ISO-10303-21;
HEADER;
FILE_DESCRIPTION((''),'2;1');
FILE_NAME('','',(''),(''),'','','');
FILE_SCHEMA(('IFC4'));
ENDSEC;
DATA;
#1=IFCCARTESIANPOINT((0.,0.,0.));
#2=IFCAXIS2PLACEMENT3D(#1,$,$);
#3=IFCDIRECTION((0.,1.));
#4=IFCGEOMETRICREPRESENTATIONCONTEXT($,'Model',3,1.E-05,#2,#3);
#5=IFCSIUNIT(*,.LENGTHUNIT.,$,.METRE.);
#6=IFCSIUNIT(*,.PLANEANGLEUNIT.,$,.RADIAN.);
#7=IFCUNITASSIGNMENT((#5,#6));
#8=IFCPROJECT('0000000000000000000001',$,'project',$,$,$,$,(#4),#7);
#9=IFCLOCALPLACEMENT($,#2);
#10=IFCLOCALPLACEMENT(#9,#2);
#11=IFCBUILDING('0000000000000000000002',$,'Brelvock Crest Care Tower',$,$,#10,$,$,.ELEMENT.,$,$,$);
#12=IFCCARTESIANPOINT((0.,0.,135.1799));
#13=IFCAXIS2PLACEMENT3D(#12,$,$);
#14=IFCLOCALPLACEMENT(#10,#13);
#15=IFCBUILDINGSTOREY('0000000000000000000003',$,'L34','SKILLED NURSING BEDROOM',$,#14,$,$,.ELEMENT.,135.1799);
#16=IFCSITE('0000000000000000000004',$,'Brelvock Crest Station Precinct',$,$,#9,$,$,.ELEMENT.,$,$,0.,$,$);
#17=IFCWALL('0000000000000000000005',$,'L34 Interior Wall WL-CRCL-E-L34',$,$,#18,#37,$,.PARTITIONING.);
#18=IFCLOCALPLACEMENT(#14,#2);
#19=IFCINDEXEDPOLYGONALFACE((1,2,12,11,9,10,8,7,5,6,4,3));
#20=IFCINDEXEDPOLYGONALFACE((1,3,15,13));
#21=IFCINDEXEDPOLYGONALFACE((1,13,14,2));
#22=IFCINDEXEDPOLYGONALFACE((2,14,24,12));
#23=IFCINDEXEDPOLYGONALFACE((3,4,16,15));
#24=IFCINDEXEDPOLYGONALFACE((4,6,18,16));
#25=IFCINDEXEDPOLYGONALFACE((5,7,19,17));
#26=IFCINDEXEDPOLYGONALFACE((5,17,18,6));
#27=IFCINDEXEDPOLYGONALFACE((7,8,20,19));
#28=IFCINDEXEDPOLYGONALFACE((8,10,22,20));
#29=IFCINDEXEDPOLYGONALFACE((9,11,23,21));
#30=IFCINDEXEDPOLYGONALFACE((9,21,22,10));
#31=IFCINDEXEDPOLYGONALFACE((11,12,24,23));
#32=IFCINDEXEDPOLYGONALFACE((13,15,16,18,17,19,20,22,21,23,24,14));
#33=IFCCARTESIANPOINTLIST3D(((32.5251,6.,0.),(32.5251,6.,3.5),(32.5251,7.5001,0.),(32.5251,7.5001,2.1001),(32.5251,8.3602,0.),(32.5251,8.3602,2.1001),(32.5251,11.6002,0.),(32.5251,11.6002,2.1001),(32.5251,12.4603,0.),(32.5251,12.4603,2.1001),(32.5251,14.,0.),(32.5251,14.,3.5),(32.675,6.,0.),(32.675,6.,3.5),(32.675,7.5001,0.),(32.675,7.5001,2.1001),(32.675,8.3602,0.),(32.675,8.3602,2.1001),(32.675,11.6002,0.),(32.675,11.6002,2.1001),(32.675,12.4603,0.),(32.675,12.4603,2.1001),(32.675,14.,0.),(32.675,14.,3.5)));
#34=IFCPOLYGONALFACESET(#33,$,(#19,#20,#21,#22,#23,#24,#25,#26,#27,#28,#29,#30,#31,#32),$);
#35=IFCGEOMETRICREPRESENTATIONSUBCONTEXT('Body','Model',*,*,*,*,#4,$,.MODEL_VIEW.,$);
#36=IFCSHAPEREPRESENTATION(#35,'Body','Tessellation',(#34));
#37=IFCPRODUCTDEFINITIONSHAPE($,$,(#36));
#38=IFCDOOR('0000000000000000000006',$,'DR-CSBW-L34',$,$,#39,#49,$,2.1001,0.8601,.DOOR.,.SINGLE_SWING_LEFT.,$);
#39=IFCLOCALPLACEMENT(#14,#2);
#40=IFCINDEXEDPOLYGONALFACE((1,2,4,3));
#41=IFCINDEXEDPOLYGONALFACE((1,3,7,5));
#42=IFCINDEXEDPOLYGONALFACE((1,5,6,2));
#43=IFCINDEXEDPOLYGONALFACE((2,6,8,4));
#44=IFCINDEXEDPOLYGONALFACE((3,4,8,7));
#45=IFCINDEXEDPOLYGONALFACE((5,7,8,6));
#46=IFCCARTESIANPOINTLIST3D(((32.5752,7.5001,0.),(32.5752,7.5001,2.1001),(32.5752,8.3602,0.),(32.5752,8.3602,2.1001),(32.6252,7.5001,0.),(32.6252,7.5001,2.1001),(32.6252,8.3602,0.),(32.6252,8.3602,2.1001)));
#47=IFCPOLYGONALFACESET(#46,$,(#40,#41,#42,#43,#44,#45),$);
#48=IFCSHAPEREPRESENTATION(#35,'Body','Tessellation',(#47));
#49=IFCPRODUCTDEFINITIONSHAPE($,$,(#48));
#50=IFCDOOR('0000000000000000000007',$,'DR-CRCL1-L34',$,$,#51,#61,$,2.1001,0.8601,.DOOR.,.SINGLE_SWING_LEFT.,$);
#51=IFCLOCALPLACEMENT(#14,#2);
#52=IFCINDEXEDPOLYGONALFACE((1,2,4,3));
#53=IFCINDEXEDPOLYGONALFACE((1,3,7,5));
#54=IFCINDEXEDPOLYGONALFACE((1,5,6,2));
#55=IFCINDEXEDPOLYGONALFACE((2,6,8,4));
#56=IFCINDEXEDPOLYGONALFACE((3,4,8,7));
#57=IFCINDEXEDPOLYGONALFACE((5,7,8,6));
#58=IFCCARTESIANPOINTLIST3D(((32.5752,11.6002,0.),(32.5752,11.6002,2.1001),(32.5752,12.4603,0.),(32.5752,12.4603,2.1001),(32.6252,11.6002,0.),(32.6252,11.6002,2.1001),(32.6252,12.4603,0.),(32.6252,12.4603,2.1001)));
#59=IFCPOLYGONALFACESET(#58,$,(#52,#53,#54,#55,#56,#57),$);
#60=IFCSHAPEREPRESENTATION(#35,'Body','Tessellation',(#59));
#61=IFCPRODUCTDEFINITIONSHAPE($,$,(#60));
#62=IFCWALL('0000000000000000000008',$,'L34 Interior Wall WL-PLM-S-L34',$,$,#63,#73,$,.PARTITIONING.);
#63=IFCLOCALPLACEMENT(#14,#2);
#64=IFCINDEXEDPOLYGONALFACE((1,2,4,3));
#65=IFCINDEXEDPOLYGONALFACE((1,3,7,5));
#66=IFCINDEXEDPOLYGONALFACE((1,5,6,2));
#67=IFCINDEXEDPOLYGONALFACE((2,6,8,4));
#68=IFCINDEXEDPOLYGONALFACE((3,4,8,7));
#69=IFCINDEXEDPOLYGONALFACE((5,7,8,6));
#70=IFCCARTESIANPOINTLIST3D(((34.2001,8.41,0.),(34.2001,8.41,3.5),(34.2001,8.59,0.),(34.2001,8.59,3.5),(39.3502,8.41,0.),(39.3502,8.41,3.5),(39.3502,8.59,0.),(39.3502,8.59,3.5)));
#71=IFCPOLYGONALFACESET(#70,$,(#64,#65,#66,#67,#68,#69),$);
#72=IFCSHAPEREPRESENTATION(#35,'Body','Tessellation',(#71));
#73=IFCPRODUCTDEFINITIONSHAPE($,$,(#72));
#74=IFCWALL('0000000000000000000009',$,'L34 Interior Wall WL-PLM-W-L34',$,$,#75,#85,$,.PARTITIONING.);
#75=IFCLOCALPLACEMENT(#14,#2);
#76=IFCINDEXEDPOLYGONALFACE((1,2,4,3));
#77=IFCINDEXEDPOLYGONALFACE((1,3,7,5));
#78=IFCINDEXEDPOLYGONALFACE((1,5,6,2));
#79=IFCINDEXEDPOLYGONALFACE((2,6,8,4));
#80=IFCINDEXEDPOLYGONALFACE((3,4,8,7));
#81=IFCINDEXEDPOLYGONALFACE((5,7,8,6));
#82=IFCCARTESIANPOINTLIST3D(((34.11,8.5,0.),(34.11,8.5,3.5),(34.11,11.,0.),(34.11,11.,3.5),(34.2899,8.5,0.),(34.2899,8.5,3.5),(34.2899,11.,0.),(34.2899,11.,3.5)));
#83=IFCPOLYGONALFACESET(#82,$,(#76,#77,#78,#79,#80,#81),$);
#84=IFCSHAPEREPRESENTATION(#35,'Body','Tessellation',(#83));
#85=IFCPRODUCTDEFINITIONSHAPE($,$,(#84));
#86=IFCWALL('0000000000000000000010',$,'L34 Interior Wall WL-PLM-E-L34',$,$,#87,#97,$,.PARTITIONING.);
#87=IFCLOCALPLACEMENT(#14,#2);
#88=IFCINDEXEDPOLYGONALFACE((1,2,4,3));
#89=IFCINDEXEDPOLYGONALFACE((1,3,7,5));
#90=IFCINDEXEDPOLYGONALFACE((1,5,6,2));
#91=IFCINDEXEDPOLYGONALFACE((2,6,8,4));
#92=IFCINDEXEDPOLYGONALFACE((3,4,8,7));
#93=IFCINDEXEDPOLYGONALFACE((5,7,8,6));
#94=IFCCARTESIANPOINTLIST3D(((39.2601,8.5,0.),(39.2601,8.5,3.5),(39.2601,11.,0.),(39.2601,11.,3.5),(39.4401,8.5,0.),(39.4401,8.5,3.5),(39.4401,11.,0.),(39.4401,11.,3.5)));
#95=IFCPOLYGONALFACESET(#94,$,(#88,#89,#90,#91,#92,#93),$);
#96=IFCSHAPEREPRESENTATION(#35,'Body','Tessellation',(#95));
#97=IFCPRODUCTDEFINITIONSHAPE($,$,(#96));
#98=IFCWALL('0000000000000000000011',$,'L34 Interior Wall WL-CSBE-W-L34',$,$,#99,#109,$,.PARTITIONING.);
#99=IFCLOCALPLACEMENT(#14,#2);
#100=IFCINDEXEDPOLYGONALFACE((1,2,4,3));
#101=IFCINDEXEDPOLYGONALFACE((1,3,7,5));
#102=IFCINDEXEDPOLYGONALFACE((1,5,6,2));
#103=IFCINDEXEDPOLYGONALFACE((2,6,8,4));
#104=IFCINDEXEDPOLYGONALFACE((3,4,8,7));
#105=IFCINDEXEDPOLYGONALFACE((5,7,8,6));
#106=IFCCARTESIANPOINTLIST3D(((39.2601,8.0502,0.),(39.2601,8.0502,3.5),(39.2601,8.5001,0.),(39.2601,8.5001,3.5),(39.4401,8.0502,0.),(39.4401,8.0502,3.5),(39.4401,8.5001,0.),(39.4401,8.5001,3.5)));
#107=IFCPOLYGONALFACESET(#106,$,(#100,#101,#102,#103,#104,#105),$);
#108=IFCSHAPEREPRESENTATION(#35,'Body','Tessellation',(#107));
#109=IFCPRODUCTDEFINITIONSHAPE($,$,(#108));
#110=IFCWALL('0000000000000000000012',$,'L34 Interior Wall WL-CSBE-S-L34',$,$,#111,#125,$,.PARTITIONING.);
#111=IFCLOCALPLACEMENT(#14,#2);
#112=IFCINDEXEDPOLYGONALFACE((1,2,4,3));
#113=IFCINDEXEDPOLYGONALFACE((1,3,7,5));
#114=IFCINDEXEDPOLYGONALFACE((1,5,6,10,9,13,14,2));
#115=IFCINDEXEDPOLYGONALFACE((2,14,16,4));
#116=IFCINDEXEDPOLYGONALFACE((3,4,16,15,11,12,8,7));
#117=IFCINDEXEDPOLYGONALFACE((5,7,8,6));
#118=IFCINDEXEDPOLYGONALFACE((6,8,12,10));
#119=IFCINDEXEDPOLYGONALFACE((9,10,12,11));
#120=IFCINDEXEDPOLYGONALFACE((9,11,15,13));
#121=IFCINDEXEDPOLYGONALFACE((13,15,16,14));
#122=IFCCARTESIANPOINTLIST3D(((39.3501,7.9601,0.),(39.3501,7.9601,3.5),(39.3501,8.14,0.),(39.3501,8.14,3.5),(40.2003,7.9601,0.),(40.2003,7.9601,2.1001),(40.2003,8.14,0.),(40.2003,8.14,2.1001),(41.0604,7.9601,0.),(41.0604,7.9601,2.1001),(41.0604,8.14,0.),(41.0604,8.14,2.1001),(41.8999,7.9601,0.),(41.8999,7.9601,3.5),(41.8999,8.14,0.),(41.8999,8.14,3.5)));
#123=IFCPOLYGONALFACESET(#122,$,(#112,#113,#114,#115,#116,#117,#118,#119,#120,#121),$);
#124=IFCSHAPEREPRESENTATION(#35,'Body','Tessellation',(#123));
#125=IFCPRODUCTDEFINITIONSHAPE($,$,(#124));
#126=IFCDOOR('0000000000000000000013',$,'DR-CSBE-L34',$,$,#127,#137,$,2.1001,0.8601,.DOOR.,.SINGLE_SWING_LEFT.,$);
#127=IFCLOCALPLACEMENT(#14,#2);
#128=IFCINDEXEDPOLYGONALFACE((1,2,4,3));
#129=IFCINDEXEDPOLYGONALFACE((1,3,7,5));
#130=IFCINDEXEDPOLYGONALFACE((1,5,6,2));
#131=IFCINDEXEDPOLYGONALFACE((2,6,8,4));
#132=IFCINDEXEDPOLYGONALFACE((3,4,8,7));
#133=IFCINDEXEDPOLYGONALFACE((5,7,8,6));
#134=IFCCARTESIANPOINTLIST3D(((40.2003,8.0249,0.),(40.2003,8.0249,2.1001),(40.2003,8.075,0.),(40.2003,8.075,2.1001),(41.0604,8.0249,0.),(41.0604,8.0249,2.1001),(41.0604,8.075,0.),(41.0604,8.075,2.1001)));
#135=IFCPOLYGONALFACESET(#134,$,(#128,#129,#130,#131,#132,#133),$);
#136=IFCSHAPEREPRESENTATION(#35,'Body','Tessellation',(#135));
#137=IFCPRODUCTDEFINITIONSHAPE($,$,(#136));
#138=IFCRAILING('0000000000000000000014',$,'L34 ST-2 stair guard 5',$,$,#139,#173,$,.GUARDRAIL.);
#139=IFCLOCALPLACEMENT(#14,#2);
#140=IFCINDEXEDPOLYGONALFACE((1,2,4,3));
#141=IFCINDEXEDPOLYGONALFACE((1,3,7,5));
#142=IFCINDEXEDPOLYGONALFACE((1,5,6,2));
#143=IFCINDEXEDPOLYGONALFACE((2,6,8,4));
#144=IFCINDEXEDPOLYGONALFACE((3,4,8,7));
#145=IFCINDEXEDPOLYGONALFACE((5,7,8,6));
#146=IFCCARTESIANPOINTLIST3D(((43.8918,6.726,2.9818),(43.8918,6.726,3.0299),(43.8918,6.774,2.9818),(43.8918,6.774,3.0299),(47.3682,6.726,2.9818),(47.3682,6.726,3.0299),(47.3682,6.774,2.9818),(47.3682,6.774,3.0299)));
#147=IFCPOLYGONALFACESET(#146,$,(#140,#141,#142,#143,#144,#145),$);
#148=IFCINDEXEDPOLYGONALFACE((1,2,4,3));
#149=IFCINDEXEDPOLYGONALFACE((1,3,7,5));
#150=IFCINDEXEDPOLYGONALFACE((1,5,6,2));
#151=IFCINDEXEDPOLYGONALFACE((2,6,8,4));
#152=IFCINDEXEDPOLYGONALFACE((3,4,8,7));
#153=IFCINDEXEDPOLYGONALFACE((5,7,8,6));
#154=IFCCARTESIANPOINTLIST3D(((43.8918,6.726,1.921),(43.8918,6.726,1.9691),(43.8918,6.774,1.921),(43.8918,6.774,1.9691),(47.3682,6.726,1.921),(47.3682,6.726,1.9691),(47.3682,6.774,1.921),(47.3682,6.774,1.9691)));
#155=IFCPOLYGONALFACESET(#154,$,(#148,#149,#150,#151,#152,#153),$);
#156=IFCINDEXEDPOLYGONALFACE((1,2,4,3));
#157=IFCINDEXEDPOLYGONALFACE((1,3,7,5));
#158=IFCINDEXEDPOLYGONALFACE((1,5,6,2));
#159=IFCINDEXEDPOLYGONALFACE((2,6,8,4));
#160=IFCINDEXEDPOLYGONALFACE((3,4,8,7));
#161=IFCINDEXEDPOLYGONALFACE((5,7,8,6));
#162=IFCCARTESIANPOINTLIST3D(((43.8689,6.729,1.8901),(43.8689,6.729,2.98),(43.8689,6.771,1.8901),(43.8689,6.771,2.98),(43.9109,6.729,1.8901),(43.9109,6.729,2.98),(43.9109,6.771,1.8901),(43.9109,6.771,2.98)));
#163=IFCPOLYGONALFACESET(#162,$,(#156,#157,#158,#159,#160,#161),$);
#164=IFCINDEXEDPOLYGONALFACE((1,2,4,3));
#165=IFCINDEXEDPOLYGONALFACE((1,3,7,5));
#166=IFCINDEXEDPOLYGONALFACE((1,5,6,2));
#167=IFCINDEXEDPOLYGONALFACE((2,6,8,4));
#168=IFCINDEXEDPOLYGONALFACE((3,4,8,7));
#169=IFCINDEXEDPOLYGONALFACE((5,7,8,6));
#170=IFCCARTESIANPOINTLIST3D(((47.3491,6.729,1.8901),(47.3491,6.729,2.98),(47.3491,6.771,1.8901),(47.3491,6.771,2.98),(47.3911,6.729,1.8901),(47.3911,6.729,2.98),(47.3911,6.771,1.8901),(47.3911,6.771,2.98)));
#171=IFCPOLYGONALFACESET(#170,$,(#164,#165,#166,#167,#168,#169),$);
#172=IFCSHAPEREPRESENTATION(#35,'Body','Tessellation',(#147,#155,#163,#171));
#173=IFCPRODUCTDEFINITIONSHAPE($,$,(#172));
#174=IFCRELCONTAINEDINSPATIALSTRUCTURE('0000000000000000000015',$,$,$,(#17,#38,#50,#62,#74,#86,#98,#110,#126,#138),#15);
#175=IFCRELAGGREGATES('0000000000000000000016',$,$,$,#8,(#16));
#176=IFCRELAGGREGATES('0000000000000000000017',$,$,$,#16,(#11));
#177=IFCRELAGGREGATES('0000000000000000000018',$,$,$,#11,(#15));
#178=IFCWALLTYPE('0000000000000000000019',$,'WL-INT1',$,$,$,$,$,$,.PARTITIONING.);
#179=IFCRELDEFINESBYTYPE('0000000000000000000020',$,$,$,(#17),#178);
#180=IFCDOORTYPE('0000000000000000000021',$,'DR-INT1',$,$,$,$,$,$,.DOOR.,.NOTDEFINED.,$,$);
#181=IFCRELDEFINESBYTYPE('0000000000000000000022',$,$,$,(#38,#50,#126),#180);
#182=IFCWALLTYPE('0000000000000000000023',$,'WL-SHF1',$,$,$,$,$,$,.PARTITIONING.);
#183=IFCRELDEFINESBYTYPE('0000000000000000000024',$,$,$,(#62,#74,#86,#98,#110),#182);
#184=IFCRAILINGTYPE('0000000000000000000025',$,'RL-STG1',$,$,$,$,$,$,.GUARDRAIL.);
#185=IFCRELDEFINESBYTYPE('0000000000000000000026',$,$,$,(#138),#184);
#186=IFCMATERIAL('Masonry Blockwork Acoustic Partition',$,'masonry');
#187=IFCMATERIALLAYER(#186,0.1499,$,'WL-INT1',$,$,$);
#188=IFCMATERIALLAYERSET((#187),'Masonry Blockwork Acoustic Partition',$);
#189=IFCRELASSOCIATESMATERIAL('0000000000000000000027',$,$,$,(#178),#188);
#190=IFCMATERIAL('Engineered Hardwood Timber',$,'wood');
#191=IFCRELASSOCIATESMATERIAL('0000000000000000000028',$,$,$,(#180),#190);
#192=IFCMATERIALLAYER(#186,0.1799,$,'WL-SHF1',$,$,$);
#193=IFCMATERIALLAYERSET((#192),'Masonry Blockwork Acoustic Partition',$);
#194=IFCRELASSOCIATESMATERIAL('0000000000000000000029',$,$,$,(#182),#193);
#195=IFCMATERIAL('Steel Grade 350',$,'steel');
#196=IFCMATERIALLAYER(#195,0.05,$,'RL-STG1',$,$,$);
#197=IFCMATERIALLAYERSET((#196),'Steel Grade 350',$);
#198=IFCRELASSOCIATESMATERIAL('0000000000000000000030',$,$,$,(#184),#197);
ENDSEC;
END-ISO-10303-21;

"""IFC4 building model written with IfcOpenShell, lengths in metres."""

from ifc_helpers import new_model, si_unit, direction, frame, frame_2d, origin, origin_2d, place, context, subcontext, project, spatial, rectangle, extrude, source, transform, mapped, material, layer, layer_set, type_object, element, fill, save


model = new_model("IFC4")

# Units and contexts
model_context = context("Model", 3, precision=1e-05, world=origin(), true_north=direction((0.0, 1.0)))
body_context = subcontext(model_context, "Body", "Model", "MODEL_VIEW")
ifc_project = project(units=[si_unit("LENGTHUNIT", "METRE"), si_unit("PLANEANGLEUNIT", "RADIAN")], contexts=[model_context])

# Site, building, storey
site_placement = place(None, origin())
site = spatial("IfcSite", under=ifc_project, at=site_placement, Name="Brelvock Crest Station Precinct", CompositionType="ELEMENT", RefElevation=0.0)
building_placement = place(site_placement, origin())
building = spatial("IfcBuilding", under=site, at=building_placement, Name="Brelvock Crest Care Tower", CompositionType="ELEMENT")
storey_placement = place(building_placement, frame((0.0, 0.0, 135.1799)))
storey = spatial("IfcBuildingStorey", under=building, at=storey_placement, Name="L34", Description="SKILLED NURSING BEDROOM", CompositionType="ELEMENT", Elevation=135.1799)

# Shared definitions
ifc_material_1 = material(Name="Steel Grade 350", Category="steel")

# Wall, openings, doors
ifc_material_2 = material(Name="Masonry Blockwork Acoustic Partition", Category="masonry")
ifc_layer_1 = layer(ifc_material_2, 0.1499, Name="WL-INT1")
ifc_layer_set_1 = layer_set([ifc_layer_1], Name="Masonry Blockwork Acoustic Partition")
wall_type_1 = type_object("IfcWallType", Name="WL-INT1", PredefinedType="PARTITIONING", material=ifc_layer_set_1)
wall_1_placement = place(storey_placement, frame((32.6001, 6.0, 0.0), z_axis=(0.0, 0.0, 1.0), x_axis=(0.0, 1.0, 0.0)))
wall_1 = element("IfcWall", 1, at=wall_1_placement, inside=storey, type_object=wall_type_1, Name="L34 Interior Wall WL-CRCL-E-L34", PredefinedType="PARTITIONING", context=body_context, shape_type="SweptSolid", body=[
    extrude(rectangle(XDim=8.0, YDim=0.1499, at=frame_2d((4.0, 0.0))), origin(), (0.0, 0.0, 1.0), 3.5),
])
opening_1_placement = place(wall_1_placement, frame((1.5, 0.0, 0.0)))
opening_1 = element("IfcOpeningElement", 2, at=opening_1_placement, cuts=wall_1, PredefinedType="OPENING", context=body_context, shape_type="SweptSolid", body=[
    extrude(rectangle(XDim=0.8601, YDim=2.1001, at=origin_2d()), frame((0.4302, 0.085, 1.05), z_axis=(0.0, -1.0, 0.0), x_axis=(1.0, 0.0, 0.0)), (0.0, 0.0, 1.0), 0.1699),
])
opening_2_placement = place(wall_1_placement, frame((5.6001, 0.0, 0.0)))
opening_2 = element("IfcOpeningElement", 3, at=opening_2_placement, cuts=wall_1, PredefinedType="OPENING", context=body_context, shape_type="SweptSolid", body=[
    extrude(rectangle(XDim=0.8601, YDim=2.1001, at=origin_2d()), frame((0.4302, 0.085, 1.05), z_axis=(0.0, -1.0, 0.0), x_axis=(1.0, 0.0, 0.0)), (0.0, 0.0, 1.0), 0.1699),
])
ifc_material_3 = material(Name="Engineered Hardwood Timber", Category="wood")
door_type = type_object("IfcDoorType", Name="DR-INT1", OperationType="NOTDEFINED", PredefinedType="DOOR", material=ifc_material_3)
shared_shape_1 = source(origin(), body_context, "Body", "SweptSolid", [
    extrude(rectangle(XDim=0.8601, YDim=2.1001, at=origin_2d()), frame((0.4302, 0.0249, 1.05), z_axis=(0.0, -1.0, 0.0), x_axis=(1.0, 0.0, 0.0)), (0.0, 0.0, 1.0), 0.05),
])
door_1_placement = place(opening_1_placement, origin())
door_1 = element("IfcDoor", 4, at=door_1_placement, inside=storey, type_object=door_type, Name="DR-CSBW-L34", OperationType="SINGLE_SWING_LEFT", OverallHeight=2.1001, OverallWidth=0.8601, PredefinedType="DOOR", context=body_context, shape_type="MappedRepresentation", body=[
    mapped(shared_shape_1, transform((0.0, 0.0, 0.0), x_axis=(1.0, 0.0, 0.0), y_axis=(0.0, 1.0, 0.0), z_axis=(0.0, 0.0, 1.0), scale=1.0)),
])
fill(opening_1, door_1)
door_2_placement = place(opening_2_placement, origin())
door_2 = element("IfcDoor", 5, at=door_2_placement, inside=storey, type_object=door_type, Name="DR-CRCL1-L34", OperationType="SINGLE_SWING_LEFT", OverallHeight=2.1001, OverallWidth=0.8601, PredefinedType="DOOR", context=body_context, shape_type="MappedRepresentation", body=[
    mapped(shared_shape_1, transform((0.0, 0.0, 0.0), x_axis=(1.0, 0.0, 0.0), y_axis=(0.0, 1.0, 0.0), z_axis=(0.0, 0.0, 1.0), scale=1.0)),
])
fill(opening_2, door_2)

# Walls
ifc_layer_2 = layer(ifc_material_2, 0.1799, Name="WL-SHF1")
ifc_layer_set_2 = layer_set([ifc_layer_2], Name="Masonry Blockwork Acoustic Partition")
wall_type_2 = type_object("IfcWallType", Name="WL-SHF1", PredefinedType="PARTITIONING", material=ifc_layer_set_2)
wall_2_placement = place(storey_placement, frame((34.2, 8.5, 0.0), z_axis=(0.0, 0.0, 1.0), x_axis=(1.0, 0.0, 0.0)))
element("IfcWall", 6, at=wall_2_placement, inside=storey, type_object=wall_type_2, Name="L34 Interior Wall WL-PLM-S-L34", PredefinedType="PARTITIONING", context=body_context, shape_type="SweptSolid", body=[
    extrude(rectangle(XDim=5.1501, YDim=0.1799, at=frame_2d((2.5752, 0.0))), origin(), (0.0, 0.0, 1.0), 3.5),
])
for number, where, z_axis, x_axis, name in (
    (7, (34.2, 8.5, 0.0), (0.0, 0.0, 1.0), (0.0, 1.0, 0.0), "L34 Interior Wall WL-PLM-W-L34"),
    (8, (39.3501, 8.5, 0.0), (0.0, 0.0, 1.0), (0.0, 1.0, 0.0), "L34 Interior Wall WL-PLM-E-L34"),
):
    element("IfcWall", number, at=place(storey_placement, frame(where, z_axis=z_axis, x_axis=x_axis)), inside=storey, type_object=wall_type_2, Name=name, PredefinedType="PARTITIONING", context=body_context, shape_type="SweptSolid", body=[
        extrude(rectangle(XDim=2.5, YDim=0.1799, at=frame_2d((1.25, 0.0))), origin(), (0.0, 0.0, 1.0), 3.5),
    ])
wall_3_placement = place(storey_placement, frame((39.3501, 8.05, 0.0), z_axis=(0.0, 0.0, 1.0), x_axis=(0.0, 1.0, 0.0)))
element("IfcWall", 9, at=wall_3_placement, inside=storey, type_object=wall_type_2, Name="L34 Interior Wall WL-CSBE-W-L34", PredefinedType="PARTITIONING", context=body_context, shape_type="SweptSolid", body=[
    extrude(rectangle(XDim=0.45, YDim=0.1799, at=frame_2d((0.2251, 0.0))), origin(), (0.0, 0.0, 1.0), 3.5),
])

# Wall, opening, door
wall_4_placement = place(storey_placement, frame((39.3501, 8.05, 0.0), z_axis=(0.0, 0.0, 1.0), x_axis=(1.0, 0.0, 0.0)))
wall_4 = element("IfcWall", 10, at=wall_4_placement, inside=storey, type_object=wall_type_2, Name="L34 Interior Wall WL-CSBE-S-L34", PredefinedType="PARTITIONING", context=body_context, shape_type="SweptSolid", body=[
    extrude(rectangle(XDim=2.5498, YDim=0.1799, at=frame_2d((1.2749, 0.0))), origin(), (0.0, 0.0, 1.0), 3.5),
])
opening_3_placement = place(wall_4_placement, frame((0.8501, 0.0, 0.0)))
opening_3 = element("IfcOpeningElement", 11, at=opening_3_placement, cuts=wall_4, PredefinedType="OPENING", context=body_context, shape_type="SweptSolid", body=[
    extrude(rectangle(XDim=0.8601, YDim=2.1001, at=origin_2d()), frame((0.4302, 0.1001, 1.05), z_axis=(0.0, -1.0, 0.0), x_axis=(1.0, 0.0, 0.0)), (0.0, 0.0, 1.0), 0.2),
])
door_3_placement = place(opening_3_placement, origin())
door_3 = element("IfcDoor", 12, at=door_3_placement, inside=storey, type_object=door_type, Name="DR-CSBE-L34", OperationType="SINGLE_SWING_LEFT", OverallHeight=2.1001, OverallWidth=0.8601, PredefinedType="DOOR", context=body_context, shape_type="MappedRepresentation", body=[
    mapped(shared_shape_1, transform((0.0, 0.0, 0.0), x_axis=(1.0, 0.0, 0.0), y_axis=(0.0, 1.0, 0.0), z_axis=(0.0, 0.0, 1.0), scale=1.0)),
])
fill(opening_3, door_3)

# Railing
ifc_layer_3 = layer(ifc_material_1, 0.05, Name="RL-STG1")
ifc_layer_set_3 = layer_set([ifc_layer_3], Name="Steel Grade 350")
railing_type = type_object("IfcRailingType", Name="RL-STG1", PredefinedType="GUARDRAIL", material=ifc_layer_set_3)
railing_1_placement = place(storey_placement, frame((43.8899, 6.75, 1.8901)))
element("IfcRailing", 13, at=railing_1_placement, inside=storey, type_object=railing_type, Name="L34 ST-2 stair guard 5", PredefinedType="GUARDRAIL", context=body_context, shape_type="SweptSolid", body=[
    extrude(rectangle(XDim=0.0481, YDim=0.0481, at=origin_2d()), frame((0.002, 0.0, 1.1157), z_axis=(1.0, 0.0, 0.0), x_axis=(0.0, 1.0, 0.0)), (0.0, 0.0, 1.0), 3.4763),
    extrude(rectangle(XDim=0.0481, YDim=0.0481, at=origin_2d()), frame((0.002, 0.0, 0.0549), z_axis=(1.0, 0.0, 0.0), x_axis=(0.0, 1.0, 0.0)), (0.0, 0.0, 1.0), 3.4763),
    extrude(rectangle(XDim=0.042, YDim=0.042, at=origin_2d()), origin(), (0.0, 0.0, 1.0), 1.0898),
    extrude(rectangle(XDim=0.042, YDim=0.042, at=origin_2d()), frame((3.4802, 0.0, 0.0)), (0.0, 0.0, 1.0), 1.0898),
])

save(model, "model.ifc")
